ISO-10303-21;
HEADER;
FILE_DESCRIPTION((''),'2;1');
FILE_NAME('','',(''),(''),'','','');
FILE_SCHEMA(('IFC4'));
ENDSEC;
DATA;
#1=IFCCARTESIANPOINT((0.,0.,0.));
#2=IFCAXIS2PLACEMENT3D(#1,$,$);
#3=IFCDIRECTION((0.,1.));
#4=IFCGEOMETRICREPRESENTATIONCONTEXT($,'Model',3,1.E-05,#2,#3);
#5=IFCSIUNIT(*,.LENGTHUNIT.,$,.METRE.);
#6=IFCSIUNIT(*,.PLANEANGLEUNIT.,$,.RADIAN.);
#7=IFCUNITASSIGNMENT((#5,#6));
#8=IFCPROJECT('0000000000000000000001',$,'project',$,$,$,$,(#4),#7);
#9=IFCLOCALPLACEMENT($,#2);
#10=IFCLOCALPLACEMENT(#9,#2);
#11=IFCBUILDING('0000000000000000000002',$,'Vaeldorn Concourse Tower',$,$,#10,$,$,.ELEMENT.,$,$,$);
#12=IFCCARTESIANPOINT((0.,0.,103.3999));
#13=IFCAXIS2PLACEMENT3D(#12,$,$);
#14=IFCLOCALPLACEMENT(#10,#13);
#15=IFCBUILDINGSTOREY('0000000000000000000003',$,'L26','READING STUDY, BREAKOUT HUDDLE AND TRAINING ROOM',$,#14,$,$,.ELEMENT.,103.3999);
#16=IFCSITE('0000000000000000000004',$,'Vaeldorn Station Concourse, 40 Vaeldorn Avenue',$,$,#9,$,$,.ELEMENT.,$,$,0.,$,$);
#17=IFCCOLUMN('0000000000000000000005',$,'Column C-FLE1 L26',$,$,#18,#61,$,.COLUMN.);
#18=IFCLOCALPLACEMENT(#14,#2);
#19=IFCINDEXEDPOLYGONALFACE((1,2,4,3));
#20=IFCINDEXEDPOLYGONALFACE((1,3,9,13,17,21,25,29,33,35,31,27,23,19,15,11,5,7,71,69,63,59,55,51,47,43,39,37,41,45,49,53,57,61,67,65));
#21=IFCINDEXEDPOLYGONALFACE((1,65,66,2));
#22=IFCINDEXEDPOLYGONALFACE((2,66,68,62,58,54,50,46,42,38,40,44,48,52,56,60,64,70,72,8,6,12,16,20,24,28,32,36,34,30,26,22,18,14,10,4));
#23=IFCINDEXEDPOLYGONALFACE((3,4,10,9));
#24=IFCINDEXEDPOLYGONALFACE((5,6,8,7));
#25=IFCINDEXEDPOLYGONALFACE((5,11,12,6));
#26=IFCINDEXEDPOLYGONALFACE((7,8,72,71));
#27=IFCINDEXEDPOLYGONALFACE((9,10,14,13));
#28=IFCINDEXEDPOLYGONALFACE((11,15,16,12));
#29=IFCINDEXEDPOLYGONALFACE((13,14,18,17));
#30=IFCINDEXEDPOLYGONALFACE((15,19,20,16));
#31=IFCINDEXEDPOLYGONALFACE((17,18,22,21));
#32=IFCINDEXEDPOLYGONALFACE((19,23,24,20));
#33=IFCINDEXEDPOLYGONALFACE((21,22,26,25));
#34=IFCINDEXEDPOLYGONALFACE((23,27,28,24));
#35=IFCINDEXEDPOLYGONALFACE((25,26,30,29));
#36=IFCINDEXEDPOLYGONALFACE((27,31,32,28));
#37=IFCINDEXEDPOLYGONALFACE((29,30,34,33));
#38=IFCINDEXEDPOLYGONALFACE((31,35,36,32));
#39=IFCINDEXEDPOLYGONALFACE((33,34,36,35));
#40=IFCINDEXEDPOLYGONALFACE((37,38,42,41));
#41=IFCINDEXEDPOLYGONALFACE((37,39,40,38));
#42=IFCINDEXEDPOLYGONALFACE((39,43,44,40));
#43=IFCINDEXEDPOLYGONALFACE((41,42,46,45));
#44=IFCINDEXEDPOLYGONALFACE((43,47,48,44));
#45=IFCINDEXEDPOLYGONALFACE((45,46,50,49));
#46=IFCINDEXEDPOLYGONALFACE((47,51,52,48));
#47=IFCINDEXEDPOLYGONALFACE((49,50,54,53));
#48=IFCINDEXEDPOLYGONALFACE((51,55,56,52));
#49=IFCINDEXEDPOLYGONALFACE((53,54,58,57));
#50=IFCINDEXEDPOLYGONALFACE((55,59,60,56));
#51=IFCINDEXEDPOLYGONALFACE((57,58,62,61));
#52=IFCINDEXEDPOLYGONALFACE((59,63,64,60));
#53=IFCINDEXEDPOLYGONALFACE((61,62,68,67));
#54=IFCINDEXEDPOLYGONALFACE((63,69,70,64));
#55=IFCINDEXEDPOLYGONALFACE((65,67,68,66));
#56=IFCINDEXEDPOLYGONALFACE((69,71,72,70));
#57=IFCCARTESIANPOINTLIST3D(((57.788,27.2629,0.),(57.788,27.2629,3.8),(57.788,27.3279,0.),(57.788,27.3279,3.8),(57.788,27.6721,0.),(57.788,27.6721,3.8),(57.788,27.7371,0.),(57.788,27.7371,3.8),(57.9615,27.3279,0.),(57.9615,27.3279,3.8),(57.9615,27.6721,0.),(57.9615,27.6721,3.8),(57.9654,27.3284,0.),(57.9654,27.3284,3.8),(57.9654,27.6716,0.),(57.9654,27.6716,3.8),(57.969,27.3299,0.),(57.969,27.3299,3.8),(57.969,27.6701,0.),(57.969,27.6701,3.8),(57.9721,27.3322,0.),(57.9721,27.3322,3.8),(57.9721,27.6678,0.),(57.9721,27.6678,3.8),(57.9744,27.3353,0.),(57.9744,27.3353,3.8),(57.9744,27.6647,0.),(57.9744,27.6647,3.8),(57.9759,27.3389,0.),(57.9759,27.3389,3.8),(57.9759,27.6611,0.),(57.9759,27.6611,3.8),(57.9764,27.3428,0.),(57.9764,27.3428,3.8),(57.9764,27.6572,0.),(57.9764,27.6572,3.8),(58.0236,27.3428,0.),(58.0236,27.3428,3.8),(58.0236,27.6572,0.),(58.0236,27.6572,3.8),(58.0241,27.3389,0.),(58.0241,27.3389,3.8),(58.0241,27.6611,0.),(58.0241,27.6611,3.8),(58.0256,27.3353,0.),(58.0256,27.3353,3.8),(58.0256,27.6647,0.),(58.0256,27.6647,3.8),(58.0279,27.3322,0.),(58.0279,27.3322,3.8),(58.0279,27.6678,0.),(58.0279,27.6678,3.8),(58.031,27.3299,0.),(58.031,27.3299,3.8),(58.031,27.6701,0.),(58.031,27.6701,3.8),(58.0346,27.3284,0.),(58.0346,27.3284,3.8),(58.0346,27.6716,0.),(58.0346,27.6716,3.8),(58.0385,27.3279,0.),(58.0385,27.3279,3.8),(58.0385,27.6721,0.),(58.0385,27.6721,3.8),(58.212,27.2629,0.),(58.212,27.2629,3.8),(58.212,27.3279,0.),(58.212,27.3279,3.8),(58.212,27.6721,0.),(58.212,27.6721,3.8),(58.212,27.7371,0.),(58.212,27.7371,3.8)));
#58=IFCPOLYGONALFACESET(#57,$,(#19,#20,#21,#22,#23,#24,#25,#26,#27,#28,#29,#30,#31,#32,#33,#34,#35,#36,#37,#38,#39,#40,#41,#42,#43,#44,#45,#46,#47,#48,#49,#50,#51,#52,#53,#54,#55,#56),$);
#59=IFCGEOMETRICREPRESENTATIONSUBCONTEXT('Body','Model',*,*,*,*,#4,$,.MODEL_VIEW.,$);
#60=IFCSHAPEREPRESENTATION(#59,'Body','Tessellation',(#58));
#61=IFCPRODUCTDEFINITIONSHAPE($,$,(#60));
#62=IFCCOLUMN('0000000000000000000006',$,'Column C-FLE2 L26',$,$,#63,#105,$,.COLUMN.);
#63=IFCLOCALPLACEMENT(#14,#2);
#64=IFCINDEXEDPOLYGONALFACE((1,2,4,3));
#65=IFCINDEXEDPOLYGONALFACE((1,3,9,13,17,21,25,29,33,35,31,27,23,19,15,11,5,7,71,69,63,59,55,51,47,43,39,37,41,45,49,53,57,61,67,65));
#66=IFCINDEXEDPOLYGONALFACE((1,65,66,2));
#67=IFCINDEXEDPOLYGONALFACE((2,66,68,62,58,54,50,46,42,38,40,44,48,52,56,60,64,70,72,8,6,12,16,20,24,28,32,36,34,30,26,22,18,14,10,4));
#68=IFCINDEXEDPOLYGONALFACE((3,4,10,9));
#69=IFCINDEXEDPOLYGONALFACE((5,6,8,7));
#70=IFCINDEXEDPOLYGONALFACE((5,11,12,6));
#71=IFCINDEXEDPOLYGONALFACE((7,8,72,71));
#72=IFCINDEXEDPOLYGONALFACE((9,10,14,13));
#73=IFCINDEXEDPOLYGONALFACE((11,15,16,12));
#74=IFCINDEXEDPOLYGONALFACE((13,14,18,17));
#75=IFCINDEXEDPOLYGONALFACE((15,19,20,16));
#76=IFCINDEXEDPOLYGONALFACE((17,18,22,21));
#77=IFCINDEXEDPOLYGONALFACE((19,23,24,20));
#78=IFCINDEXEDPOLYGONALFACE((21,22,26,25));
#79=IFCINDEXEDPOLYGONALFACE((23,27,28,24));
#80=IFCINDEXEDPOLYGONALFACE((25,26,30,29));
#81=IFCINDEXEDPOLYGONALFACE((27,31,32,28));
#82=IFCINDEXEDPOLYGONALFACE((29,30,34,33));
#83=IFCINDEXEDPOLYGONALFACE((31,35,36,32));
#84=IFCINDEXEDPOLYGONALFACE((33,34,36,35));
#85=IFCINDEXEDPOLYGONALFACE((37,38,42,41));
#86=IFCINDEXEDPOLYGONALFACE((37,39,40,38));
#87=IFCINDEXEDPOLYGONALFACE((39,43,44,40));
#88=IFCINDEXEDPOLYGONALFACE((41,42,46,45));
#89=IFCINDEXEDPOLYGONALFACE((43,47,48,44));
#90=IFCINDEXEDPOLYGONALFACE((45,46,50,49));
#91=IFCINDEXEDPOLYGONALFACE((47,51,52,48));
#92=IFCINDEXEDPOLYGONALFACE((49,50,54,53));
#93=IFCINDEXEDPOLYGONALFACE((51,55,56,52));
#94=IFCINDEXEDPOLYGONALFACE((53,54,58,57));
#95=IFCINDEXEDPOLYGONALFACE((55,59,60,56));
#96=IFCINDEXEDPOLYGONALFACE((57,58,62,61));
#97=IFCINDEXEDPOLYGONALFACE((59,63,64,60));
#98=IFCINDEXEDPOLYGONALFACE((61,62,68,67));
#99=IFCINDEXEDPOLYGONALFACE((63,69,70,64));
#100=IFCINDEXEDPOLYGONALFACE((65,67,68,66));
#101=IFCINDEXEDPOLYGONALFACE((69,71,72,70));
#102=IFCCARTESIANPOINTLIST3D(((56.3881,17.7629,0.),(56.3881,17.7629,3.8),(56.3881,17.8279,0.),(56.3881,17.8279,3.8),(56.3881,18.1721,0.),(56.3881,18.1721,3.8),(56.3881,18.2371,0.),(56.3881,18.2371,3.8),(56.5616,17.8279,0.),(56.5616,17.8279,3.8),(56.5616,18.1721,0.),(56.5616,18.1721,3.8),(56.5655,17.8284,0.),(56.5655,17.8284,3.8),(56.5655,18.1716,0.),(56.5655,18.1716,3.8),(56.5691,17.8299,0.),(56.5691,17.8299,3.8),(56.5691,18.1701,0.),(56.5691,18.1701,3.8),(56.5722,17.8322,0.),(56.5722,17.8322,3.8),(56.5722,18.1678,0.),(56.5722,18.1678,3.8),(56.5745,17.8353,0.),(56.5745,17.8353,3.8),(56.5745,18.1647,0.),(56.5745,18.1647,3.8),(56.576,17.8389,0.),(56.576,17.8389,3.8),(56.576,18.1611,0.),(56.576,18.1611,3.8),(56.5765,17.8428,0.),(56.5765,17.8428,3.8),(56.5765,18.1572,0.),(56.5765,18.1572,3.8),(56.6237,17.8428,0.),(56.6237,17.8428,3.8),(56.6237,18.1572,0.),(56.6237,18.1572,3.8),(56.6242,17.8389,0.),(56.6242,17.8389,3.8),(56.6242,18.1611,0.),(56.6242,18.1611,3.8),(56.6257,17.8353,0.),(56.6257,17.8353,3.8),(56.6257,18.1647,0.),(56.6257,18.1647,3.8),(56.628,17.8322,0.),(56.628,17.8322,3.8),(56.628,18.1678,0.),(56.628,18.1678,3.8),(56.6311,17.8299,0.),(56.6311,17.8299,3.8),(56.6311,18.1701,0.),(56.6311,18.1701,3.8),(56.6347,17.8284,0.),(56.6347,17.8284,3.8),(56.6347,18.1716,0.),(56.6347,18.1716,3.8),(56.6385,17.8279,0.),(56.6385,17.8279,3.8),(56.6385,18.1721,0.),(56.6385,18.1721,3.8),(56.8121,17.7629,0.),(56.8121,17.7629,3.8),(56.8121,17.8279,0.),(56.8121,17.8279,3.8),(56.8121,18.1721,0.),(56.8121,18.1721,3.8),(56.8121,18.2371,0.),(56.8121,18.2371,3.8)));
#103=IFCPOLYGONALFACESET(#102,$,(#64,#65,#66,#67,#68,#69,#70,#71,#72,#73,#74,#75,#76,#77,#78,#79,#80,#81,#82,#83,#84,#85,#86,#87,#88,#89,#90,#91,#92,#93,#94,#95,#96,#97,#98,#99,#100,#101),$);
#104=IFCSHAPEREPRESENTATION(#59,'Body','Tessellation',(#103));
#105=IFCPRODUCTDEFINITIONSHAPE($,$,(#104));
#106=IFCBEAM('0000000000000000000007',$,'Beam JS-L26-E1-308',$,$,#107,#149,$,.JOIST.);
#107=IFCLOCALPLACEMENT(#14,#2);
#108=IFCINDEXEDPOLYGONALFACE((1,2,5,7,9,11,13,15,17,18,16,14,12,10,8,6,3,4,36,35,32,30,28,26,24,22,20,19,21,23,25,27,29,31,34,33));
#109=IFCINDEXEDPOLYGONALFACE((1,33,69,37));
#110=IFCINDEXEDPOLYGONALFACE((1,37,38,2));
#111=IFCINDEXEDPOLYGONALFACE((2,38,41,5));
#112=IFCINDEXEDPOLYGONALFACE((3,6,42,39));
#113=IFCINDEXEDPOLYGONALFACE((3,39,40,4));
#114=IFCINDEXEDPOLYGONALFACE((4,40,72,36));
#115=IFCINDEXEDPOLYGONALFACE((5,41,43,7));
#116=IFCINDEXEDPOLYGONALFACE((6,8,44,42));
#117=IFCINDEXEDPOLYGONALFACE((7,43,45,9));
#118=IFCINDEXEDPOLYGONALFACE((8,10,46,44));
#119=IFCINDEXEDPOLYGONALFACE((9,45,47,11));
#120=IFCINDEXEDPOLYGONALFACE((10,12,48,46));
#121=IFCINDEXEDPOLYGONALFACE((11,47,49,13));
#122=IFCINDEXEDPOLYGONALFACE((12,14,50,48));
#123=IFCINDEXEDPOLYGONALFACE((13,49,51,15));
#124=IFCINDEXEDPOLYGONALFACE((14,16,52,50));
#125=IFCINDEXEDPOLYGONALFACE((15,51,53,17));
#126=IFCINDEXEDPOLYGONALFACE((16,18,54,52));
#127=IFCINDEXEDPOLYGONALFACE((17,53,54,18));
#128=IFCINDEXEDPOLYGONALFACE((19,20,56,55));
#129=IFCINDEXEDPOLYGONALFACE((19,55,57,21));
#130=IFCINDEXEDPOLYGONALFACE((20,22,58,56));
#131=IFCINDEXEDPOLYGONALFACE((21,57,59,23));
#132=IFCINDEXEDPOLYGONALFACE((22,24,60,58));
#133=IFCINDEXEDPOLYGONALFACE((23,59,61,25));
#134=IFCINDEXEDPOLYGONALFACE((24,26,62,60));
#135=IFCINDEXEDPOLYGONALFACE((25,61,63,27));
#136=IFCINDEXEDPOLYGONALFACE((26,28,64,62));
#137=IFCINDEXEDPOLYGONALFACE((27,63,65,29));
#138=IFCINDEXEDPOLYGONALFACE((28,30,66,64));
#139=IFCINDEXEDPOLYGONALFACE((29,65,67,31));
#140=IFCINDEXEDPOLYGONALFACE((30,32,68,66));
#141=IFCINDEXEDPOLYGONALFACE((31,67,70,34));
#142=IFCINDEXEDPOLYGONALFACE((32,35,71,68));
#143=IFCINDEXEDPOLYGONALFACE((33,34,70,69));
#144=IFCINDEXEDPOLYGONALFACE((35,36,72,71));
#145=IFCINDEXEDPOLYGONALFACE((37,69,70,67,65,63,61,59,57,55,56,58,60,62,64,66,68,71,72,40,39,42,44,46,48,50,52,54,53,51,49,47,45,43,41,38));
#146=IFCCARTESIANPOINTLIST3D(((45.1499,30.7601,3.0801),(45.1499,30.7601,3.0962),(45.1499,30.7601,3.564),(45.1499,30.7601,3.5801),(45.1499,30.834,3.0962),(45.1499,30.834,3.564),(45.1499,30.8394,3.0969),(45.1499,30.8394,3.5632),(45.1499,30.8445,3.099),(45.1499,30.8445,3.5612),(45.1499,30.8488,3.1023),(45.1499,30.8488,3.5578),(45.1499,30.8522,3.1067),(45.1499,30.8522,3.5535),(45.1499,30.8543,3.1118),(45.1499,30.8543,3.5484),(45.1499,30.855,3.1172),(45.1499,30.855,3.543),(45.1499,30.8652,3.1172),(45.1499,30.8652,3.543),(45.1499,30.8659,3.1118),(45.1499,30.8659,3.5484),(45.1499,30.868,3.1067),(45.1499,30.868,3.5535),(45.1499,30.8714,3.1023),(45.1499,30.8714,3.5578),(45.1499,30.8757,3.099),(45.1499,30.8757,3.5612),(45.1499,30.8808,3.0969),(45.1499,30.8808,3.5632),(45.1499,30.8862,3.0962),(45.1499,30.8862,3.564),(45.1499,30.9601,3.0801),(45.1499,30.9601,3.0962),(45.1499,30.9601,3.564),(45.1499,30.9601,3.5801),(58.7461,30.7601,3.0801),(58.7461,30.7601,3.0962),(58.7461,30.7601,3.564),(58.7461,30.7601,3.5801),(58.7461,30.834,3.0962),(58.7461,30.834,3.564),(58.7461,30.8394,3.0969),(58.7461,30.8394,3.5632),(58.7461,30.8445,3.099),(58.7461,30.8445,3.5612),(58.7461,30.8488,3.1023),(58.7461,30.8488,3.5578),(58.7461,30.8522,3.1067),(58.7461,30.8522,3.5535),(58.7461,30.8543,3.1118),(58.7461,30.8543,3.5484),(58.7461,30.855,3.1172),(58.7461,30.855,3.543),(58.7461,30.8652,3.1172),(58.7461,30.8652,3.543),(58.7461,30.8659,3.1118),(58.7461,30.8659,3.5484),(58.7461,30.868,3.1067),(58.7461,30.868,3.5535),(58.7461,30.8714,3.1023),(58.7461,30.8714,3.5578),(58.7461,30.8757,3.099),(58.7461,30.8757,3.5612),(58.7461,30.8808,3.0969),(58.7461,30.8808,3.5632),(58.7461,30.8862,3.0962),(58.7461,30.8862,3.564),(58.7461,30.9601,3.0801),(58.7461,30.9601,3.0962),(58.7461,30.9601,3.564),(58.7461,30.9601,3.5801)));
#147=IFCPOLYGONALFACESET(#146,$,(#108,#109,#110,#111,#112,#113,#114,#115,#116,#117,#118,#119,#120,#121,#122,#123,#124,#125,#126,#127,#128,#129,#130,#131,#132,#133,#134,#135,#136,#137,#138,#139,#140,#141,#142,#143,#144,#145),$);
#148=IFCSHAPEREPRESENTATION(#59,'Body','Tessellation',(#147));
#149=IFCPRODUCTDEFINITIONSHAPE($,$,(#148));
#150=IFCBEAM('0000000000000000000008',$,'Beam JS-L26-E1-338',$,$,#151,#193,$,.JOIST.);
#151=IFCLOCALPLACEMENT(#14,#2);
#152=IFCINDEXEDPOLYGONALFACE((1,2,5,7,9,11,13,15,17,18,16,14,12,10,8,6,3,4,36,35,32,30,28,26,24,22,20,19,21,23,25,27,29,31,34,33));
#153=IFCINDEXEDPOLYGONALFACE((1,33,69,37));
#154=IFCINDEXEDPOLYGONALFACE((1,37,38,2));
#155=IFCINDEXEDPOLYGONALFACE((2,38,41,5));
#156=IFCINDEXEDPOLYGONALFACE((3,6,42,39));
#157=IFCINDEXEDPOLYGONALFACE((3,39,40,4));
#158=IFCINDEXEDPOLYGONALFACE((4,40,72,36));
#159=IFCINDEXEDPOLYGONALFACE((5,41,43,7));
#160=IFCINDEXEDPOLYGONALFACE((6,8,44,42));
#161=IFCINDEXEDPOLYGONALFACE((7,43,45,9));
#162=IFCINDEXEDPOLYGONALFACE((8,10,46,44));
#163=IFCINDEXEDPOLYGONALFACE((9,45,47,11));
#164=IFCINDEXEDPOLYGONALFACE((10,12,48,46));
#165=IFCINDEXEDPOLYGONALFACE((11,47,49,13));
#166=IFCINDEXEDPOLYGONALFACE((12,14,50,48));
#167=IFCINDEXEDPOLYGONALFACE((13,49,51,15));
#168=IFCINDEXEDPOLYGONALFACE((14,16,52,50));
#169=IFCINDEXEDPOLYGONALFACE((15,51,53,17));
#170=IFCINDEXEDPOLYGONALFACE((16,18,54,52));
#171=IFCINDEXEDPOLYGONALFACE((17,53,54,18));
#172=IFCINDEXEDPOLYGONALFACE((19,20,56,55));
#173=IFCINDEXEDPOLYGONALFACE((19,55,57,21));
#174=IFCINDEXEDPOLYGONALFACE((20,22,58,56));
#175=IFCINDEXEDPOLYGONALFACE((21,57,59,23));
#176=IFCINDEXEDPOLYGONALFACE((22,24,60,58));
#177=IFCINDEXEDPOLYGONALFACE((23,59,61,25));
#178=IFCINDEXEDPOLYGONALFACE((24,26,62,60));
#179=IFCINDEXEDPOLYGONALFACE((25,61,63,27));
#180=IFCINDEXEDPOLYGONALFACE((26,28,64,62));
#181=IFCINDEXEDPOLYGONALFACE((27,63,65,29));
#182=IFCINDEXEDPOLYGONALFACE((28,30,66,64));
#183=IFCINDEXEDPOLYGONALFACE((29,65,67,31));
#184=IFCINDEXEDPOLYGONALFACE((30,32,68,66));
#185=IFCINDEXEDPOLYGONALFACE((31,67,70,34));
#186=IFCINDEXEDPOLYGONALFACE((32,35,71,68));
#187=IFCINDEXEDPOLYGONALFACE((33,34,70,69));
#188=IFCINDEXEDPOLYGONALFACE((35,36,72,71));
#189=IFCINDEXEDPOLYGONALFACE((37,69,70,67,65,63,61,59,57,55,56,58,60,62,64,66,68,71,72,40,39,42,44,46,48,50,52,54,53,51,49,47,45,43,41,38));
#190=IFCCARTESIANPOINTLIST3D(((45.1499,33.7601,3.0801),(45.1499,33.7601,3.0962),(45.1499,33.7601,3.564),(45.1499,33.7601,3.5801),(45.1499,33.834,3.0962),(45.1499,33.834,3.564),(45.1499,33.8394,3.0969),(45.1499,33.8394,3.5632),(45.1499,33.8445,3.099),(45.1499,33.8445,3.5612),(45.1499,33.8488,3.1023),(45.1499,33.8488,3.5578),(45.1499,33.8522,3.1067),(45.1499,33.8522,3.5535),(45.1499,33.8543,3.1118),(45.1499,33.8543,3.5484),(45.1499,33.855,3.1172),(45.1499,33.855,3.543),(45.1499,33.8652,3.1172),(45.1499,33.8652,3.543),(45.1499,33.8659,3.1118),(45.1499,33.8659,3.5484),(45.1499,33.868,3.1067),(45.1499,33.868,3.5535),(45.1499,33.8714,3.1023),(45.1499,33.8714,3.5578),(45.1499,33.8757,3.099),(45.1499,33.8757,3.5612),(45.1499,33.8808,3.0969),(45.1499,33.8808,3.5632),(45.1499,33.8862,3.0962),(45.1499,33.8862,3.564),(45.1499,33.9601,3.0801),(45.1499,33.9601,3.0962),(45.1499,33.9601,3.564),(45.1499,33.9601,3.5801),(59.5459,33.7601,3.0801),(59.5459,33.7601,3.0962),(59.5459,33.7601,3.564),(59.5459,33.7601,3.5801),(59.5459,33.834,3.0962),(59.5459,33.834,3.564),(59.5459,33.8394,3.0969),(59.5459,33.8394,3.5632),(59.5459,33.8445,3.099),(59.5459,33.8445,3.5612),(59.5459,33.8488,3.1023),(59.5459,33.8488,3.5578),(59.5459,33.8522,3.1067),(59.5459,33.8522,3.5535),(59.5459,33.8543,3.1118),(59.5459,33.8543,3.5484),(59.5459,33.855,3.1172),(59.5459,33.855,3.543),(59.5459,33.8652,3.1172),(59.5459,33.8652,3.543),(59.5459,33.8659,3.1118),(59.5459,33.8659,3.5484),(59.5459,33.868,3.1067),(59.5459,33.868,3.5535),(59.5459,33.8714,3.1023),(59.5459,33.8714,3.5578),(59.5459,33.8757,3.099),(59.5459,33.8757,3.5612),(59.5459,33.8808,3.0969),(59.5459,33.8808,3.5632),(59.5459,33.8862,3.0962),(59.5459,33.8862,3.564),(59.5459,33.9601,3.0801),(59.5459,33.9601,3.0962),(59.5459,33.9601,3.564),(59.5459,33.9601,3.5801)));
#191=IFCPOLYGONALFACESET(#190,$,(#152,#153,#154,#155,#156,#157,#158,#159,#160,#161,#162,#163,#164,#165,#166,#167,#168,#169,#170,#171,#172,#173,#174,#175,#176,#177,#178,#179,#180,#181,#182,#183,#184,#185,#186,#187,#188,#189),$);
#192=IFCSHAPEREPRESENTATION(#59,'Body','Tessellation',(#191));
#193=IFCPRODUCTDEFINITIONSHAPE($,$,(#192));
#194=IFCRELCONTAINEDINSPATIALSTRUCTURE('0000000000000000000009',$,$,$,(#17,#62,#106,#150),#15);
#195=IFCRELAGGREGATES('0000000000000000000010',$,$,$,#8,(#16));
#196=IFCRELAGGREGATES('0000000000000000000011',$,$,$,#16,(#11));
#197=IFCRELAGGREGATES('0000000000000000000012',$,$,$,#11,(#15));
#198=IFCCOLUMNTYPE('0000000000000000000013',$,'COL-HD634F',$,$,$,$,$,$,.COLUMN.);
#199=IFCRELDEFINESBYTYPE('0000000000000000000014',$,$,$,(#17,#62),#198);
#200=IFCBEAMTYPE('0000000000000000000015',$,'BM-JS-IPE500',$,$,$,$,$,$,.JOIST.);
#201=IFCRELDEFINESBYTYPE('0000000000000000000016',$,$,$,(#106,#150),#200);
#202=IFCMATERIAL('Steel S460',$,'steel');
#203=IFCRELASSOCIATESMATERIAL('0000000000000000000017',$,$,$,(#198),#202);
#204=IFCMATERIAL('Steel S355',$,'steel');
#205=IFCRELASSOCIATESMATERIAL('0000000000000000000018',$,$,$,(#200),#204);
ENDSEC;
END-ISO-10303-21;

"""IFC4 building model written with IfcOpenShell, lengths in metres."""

from ifc_helpers import new_model, si_unit, direction, frame, origin, origin_2d, place, context, subcontext, project, spatial, i_section, extrude, source, transform, mapped, material, material_profile, profile_set, type_object, element, save


model = new_model("IFC4")

# Units and contexts
model_context = context("Model", 3, precision=1e-05, world=origin(), true_north=direction((0.0, 1.0)))
body_context = subcontext(model_context, "Body", "Model", "MODEL_VIEW")
ifc_project = project(units=[si_unit("LENGTHUNIT", "METRE"), si_unit("PLANEANGLEUNIT", "RADIAN")], contexts=[model_context])

# Site, building, storey
site_placement = place(None, origin())
site = spatial("IfcSite", under=ifc_project, at=site_placement, Name="Vaeldorn Station Concourse, 40 Vaeldorn Avenue", CompositionType="ELEMENT", RefElevation=0.0)
building_placement = place(site_placement, origin())
building = spatial("IfcBuilding", under=site, at=building_placement, Name="Vaeldorn Concourse Tower", CompositionType="ELEMENT")
storey_placement = place(building_placement, frame((0.0, 0.0, 103.3999)))
storey = spatial("IfcBuildingStorey", under=building, at=storey_placement, Name="L26", Description="READING STUDY, BREAKOUT HUDDLE AND TRAINING ROOM", CompositionType="ELEMENT", Elevation=103.3999)

# Columns
ifc_material_1 = material(Name="Steel S460", Category="steel")
ifc_material_profile_1 = material_profile(ifc_material_1, i_section(OverallWidth=0.4241, OverallDepth=0.4741, WebThickness=0.0471, FlangeThickness=0.0649, FilletRadius=0.0149, at=origin_2d()), Name="HD 400x634")
ifc_profile_set_1 = profile_set([ifc_material_profile_1], Name="Steel S460")
column_type = type_object("IfcColumnType", Name="COL-HD634F", PredefinedType="COLUMN", material=ifc_profile_set_1)
shared_shape_1 = source(origin(), body_context, "Body", "SweptSolid", [
    extrude(i_section(OverallWidth=0.4241, OverallDepth=0.4741, WebThickness=0.0471, FlangeThickness=0.0649, FilletRadius=0.0149, at=origin_2d()), origin(), (0.0, 0.0, 1.0), 3.8),
])
for number, where, z_axis, x_axis, name in (
    (1, (58.0, 27.5, 0.0), (0.0, 0.0, 1.0), (1.0, 0.0, 0.0), "Column C-FLE1 L26"),
    (2, (56.6001, 18.0, 0.0), (0.0, 0.0, 1.0), (1.0, 0.0, 0.0), "Column C-FLE2 L26"),
):
    element("IfcColumn", number, at=place(storey_placement, frame(where, z_axis=z_axis, x_axis=x_axis)), inside=storey, type_object=column_type, Name=name, PredefinedType="COLUMN", context=body_context, shape_type="MappedRepresentation", body=[
        mapped(shared_shape_1, transform((0.0, 0.0, 0.0), scale=1.0)),
    ])

# Beams
ifc_material_2 = material(Name="Steel S355", Category="steel")
ifc_material_profile_2 = material_profile(ifc_material_2, i_section(OverallWidth=0.2, OverallDepth=0.5, WebThickness=0.0103, FlangeThickness=0.0161, FilletRadius=0.021, at=origin_2d()), Name="IPE 500")
ifc_profile_set_2 = profile_set([ifc_material_profile_2], Name="Steel S355")
beam_type_1 = type_object("IfcBeamType", Name="BM-JS-IPE500", PredefinedType="JOIST", material=ifc_profile_set_2)
shared_shape_2 = source(origin(), body_context, "Body", "SweptSolid", [
    extrude(i_section(OverallWidth=0.2, OverallDepth=0.5, WebThickness=0.0103, FlangeThickness=0.0161, FilletRadius=0.021, at=origin_2d()), origin(), (0.0, 0.0, 1.0), 13.5962),
])
beam_1_placement = place(storey_placement, frame((45.1499, 30.8601, 3.3301), z_axis=(1.0, 0.0, 0.0), x_axis=(0.0, 1.0, 0.0)))
element("IfcBeam", 3, at=beam_1_placement, inside=storey, type_object=beam_type_1, Name="Beam JS-L26-E1-308", PredefinedType="JOIST", context=body_context, shape_type="MappedRepresentation", body=[
    mapped(shared_shape_2, transform((0.0, 0.0, 0.0), scale=1.0)),
])
shared_shape_3 = source(origin(), body_context, "Body", "SweptSolid", [
    extrude(i_section(OverallWidth=0.2, OverallDepth=0.5, WebThickness=0.0103, FlangeThickness=0.0161, FilletRadius=0.021, at=origin_2d()), origin(), (0.0, 0.0, 1.0), 14.396),
])
beam_2_placement = place(storey_placement, frame((45.1499, 33.8601, 3.3301), z_axis=(1.0, 0.0, 0.0), x_axis=(0.0, 1.0, 0.0)))
element("IfcBeam", 4, at=beam_2_placement, inside=storey, type_object=beam_type_1, Name="Beam JS-L26-E1-338", PredefinedType="JOIST", context=body_context, shape_type="MappedRepresentation", body=[
    mapped(shared_shape_3, transform((0.0, 0.0, 0.0), scale=1.0)),
])

save(model, "model.ifc")
